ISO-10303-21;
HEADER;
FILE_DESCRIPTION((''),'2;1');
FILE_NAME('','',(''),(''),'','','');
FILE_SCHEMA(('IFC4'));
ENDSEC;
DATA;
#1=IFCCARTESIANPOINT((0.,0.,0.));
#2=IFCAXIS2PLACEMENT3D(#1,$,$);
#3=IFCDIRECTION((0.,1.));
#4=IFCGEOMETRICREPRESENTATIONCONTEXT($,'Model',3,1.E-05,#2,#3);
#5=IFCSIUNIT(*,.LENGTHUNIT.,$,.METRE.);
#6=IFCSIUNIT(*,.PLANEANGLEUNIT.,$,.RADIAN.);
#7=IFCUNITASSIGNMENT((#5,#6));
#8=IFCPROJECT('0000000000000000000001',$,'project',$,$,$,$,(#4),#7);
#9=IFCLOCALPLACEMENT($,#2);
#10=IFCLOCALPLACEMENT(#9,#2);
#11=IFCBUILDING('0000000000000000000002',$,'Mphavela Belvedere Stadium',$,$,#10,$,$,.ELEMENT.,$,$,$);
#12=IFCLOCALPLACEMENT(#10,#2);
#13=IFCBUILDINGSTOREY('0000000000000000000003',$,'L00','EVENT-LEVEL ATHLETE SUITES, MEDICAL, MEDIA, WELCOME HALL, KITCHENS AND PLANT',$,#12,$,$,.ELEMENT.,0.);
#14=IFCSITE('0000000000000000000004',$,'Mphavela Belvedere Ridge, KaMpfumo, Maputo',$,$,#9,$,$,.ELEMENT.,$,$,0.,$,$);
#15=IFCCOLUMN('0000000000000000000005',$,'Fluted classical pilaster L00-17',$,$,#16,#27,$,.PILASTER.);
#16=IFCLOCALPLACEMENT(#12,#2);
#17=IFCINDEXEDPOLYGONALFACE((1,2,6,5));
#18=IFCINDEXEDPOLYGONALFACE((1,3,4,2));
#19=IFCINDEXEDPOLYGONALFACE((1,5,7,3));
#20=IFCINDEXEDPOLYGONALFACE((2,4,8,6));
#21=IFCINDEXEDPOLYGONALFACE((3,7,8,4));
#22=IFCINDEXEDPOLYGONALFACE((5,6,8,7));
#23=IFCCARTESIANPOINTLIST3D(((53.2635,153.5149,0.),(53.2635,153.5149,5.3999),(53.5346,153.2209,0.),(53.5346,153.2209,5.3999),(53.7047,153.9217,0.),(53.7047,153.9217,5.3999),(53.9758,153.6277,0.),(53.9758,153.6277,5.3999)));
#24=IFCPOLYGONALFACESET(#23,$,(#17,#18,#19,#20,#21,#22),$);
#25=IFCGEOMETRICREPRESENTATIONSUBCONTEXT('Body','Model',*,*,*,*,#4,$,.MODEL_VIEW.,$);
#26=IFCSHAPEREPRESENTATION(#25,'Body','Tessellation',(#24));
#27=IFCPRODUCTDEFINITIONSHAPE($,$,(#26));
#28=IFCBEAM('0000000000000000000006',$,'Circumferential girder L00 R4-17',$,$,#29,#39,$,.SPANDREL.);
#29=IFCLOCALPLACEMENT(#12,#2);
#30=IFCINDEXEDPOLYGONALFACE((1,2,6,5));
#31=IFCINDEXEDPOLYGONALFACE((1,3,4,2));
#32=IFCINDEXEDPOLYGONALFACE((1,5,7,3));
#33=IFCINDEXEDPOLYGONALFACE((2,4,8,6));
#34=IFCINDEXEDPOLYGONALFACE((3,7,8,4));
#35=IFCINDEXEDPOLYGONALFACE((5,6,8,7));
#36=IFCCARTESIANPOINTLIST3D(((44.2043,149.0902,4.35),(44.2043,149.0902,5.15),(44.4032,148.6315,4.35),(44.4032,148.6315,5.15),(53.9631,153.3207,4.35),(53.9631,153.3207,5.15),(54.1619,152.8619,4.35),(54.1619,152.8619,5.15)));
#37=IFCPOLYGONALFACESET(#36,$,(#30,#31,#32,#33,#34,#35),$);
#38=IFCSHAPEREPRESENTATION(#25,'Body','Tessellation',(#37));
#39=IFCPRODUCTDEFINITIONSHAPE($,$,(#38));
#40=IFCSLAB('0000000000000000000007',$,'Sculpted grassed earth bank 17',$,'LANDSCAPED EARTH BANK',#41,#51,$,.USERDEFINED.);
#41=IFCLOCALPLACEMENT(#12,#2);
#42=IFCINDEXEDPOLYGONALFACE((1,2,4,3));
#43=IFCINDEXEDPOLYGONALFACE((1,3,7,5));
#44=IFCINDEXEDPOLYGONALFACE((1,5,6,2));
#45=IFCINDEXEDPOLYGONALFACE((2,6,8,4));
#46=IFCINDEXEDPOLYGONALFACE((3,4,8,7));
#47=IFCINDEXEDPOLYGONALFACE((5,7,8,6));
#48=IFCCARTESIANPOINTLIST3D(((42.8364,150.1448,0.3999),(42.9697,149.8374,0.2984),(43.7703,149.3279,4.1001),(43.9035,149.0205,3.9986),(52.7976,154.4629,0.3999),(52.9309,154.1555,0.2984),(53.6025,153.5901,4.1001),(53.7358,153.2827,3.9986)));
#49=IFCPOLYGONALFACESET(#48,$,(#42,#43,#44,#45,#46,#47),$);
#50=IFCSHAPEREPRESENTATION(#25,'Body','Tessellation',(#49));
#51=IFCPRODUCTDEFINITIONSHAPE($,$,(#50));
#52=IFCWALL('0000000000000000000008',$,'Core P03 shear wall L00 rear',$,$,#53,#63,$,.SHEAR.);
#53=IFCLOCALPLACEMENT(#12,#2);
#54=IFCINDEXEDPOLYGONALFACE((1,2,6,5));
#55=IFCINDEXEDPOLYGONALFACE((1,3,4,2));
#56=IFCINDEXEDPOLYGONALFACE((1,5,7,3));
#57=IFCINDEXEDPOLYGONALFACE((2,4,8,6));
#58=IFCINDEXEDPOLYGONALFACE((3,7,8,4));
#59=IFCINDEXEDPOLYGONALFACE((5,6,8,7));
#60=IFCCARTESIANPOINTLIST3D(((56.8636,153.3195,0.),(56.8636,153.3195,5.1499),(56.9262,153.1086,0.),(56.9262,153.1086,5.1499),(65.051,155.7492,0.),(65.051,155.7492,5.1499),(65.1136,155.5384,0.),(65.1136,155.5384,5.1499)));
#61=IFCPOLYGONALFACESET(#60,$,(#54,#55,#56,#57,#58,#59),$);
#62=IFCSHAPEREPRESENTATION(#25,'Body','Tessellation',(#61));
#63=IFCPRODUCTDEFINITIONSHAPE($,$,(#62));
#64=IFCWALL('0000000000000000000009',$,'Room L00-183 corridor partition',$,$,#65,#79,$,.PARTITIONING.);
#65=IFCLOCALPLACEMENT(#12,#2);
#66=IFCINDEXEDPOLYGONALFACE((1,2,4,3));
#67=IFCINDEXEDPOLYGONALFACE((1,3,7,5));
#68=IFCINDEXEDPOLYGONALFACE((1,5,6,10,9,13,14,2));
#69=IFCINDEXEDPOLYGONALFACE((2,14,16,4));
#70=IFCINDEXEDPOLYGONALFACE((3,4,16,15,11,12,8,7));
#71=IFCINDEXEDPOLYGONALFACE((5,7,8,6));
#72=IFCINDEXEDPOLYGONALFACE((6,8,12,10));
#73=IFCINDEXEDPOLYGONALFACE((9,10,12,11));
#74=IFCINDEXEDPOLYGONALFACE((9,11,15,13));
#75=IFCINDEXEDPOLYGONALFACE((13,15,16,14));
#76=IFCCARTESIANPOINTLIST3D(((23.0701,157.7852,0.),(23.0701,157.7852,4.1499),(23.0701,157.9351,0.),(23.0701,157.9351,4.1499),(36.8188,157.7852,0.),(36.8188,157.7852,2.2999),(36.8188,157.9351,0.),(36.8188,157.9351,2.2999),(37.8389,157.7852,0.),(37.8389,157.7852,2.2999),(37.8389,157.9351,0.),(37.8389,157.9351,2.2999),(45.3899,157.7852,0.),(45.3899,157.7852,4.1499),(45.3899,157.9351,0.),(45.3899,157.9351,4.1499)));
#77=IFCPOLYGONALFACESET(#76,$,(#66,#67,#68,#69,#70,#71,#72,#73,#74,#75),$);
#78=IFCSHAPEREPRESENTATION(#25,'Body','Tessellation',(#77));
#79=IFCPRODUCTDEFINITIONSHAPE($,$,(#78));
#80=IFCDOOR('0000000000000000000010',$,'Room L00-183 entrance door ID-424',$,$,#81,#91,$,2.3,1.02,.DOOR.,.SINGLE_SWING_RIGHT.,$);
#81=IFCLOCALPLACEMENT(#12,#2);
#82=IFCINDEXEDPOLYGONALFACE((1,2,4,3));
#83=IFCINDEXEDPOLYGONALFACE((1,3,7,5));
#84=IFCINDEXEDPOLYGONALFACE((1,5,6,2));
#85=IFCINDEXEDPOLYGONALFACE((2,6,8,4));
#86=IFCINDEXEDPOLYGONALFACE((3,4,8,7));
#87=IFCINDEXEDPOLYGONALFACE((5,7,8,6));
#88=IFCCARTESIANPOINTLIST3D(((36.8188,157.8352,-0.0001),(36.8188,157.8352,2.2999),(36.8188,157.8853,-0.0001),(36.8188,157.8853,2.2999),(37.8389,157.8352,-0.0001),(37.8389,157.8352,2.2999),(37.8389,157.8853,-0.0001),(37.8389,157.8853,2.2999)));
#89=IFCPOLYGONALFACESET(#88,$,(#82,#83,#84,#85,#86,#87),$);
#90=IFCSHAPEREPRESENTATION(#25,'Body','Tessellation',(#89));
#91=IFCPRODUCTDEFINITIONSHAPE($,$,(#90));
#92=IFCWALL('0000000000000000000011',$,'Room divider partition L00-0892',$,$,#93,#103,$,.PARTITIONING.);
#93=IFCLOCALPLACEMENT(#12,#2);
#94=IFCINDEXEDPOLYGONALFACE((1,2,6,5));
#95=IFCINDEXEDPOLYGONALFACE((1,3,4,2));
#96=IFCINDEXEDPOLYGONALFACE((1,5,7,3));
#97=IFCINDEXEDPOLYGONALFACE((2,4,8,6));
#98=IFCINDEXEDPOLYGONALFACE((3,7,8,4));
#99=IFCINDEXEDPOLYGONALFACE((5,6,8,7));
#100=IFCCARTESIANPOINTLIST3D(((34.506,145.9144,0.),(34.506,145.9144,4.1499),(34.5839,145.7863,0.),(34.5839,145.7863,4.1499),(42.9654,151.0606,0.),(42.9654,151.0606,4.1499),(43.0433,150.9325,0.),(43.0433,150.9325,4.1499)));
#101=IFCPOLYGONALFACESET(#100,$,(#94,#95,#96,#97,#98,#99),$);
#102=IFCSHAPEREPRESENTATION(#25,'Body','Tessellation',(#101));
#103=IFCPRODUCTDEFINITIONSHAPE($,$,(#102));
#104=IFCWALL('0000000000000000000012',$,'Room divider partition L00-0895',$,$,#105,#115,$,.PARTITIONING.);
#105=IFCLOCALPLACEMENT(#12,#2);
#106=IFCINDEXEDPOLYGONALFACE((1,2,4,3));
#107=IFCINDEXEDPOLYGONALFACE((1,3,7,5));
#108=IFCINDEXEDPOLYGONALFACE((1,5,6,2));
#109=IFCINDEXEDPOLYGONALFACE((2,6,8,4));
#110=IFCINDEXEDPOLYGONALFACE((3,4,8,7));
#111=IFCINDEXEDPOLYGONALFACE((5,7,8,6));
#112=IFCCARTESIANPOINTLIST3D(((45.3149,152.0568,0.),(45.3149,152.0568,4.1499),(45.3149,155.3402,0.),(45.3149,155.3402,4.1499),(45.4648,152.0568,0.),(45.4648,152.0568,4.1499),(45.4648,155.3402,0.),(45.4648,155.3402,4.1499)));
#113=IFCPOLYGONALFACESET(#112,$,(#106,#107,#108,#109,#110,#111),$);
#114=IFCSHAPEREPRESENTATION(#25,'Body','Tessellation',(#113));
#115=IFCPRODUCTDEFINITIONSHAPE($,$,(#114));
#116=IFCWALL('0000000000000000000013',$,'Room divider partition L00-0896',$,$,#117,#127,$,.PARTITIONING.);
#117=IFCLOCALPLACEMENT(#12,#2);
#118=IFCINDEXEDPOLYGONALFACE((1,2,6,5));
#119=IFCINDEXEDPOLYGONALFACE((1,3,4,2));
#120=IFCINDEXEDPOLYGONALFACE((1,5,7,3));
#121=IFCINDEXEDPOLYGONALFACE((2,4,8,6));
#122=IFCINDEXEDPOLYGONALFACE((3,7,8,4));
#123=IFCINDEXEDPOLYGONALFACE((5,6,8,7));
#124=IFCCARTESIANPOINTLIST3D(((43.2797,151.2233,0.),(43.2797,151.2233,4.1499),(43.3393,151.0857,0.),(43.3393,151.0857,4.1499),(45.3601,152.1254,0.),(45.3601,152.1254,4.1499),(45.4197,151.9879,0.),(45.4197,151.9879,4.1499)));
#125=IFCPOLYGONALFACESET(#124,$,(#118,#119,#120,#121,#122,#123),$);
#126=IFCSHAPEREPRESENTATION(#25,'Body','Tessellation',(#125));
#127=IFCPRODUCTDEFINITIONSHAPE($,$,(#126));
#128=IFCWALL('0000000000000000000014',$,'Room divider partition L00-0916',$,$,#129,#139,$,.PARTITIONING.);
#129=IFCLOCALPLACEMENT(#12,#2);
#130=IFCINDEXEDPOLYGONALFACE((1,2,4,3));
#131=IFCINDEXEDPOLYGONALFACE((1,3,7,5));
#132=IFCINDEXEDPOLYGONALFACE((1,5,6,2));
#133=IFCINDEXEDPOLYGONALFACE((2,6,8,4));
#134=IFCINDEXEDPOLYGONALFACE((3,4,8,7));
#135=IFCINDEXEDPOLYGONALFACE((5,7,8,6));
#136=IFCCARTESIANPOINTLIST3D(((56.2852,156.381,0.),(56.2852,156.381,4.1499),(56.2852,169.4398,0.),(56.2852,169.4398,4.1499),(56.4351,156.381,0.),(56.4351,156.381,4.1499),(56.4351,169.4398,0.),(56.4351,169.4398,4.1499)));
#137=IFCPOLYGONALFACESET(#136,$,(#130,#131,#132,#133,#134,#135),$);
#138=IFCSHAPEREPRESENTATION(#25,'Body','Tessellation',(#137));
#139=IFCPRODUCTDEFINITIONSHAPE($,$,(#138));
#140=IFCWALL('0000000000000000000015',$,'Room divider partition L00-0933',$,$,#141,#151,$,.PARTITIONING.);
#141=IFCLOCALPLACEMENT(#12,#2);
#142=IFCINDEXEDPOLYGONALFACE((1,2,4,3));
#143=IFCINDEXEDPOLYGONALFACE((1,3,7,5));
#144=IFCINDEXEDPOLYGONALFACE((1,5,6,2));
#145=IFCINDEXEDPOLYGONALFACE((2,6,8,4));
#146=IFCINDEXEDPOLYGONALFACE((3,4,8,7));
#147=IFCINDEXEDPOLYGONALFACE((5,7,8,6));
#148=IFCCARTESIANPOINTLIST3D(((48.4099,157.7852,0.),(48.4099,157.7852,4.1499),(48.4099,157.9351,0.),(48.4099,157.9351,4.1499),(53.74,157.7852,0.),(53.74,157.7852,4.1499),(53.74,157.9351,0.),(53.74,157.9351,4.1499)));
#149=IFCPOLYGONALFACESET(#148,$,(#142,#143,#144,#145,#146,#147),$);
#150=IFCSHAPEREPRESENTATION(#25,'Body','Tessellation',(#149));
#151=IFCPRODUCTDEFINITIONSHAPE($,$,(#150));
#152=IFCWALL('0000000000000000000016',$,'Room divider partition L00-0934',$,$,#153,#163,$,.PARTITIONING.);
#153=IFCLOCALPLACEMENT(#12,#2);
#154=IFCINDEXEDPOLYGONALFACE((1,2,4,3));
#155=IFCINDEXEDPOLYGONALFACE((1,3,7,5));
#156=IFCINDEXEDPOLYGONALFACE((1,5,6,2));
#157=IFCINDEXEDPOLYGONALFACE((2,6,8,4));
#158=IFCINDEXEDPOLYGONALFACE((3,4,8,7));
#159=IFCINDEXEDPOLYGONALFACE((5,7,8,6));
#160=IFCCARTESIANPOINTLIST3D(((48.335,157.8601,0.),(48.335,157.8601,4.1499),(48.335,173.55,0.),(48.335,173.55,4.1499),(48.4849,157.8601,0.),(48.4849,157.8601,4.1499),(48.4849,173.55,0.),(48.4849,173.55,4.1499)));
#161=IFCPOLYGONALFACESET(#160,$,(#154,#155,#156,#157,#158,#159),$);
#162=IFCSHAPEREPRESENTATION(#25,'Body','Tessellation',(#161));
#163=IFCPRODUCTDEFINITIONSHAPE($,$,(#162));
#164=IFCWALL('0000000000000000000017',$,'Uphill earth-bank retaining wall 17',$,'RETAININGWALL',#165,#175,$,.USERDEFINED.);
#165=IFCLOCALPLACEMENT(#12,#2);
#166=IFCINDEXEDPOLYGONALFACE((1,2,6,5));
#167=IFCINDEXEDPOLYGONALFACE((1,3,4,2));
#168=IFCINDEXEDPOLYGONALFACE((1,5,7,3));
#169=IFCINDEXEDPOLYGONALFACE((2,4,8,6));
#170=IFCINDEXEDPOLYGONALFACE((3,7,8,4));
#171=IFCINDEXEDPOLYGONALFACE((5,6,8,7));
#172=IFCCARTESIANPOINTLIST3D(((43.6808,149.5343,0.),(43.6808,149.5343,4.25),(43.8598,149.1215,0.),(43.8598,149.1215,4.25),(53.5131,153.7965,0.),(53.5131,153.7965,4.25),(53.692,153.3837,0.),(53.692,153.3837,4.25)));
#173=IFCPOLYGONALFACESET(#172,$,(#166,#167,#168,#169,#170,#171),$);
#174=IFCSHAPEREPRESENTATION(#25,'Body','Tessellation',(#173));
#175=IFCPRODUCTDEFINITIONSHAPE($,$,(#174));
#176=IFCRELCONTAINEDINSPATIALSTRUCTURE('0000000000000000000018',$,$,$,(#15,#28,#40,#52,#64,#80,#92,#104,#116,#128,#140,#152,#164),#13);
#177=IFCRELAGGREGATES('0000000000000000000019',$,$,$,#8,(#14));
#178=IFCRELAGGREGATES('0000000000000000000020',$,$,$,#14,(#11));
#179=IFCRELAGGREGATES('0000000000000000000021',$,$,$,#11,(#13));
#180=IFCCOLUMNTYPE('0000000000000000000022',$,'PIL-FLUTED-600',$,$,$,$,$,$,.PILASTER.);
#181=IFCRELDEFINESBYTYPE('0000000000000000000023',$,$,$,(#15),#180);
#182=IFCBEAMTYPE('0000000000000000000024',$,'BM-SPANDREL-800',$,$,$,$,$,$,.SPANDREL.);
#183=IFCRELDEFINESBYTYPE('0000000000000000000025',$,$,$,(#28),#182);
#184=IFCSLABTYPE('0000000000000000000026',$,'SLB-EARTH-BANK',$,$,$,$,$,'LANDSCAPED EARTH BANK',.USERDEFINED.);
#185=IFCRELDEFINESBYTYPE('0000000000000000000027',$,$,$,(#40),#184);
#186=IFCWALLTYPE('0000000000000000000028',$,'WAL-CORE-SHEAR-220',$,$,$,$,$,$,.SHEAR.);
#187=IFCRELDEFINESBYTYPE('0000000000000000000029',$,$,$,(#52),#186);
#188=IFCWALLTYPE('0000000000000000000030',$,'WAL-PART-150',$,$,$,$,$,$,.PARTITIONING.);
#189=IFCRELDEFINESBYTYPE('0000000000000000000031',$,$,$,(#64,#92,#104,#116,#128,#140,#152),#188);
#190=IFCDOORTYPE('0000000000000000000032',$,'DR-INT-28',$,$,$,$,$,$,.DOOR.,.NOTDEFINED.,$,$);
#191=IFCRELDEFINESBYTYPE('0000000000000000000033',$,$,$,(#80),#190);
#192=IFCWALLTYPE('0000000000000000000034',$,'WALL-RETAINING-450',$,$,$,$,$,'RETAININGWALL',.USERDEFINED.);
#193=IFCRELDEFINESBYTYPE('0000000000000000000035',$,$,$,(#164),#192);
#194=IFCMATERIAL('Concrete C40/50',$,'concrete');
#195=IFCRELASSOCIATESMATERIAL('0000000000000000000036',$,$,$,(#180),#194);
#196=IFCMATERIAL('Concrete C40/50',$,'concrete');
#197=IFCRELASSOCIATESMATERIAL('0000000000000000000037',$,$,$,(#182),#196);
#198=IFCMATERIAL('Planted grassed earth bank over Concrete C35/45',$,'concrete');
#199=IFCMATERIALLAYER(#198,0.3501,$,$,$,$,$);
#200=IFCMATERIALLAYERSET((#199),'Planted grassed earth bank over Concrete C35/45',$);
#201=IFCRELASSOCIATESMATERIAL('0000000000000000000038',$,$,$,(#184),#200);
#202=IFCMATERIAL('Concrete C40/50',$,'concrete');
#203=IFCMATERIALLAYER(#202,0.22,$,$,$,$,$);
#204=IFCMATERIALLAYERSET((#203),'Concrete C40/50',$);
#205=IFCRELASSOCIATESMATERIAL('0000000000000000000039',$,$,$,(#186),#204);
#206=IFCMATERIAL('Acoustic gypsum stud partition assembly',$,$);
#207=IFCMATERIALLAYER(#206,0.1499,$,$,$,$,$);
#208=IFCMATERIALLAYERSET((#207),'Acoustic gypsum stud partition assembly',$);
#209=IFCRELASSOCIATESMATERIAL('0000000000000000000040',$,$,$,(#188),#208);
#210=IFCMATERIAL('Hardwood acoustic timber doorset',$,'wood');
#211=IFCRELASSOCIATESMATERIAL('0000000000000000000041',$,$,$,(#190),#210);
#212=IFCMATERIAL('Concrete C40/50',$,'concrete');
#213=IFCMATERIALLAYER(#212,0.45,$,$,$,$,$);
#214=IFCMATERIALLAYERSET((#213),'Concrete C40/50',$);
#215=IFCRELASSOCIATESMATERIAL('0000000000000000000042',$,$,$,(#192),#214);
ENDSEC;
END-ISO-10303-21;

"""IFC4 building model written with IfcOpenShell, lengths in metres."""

from ifc_helpers import new_model, si_unit, direction, frame, frame_2d, origin, origin_2d, place, context, subcontext, project, spatial, polyline, rectangle, outline, extrude, material, layer, layer_set, material_profile, profile_set, type_object, element, fill, save


model = new_model("IFC4")

# Units and contexts
model_context = context("Model", 3, precision=1e-05, world=origin(), true_north=direction((0.0, 1.0)))
body_context = subcontext(model_context, "Body", "Model", "MODEL_VIEW")
ifc_project = project(units=[si_unit("LENGTHUNIT", "METRE"), si_unit("PLANEANGLEUNIT", "RADIAN")], contexts=[model_context])

# Site, building, storey
site_placement = place(None, origin())
site = spatial("IfcSite", under=ifc_project, at=site_placement, Name="Mphavela Belvedere Ridge, KaMpfumo, Maputo", CompositionType="ELEMENT", RefElevation=0.0)
building_placement = place(site_placement, origin())
building = spatial("IfcBuilding", under=site, at=building_placement, Name="Mphavela Belvedere Stadium", CompositionType="ELEMENT")
storey_placement = place(building_placement, origin())
storey = spatial("IfcBuildingStorey", under=building, at=storey_placement, Name="L00", Description="EVENT-LEVEL ATHLETE SUITES, MEDICAL, MEDIA, WELCOME HALL, KITCHENS AND PLANT", CompositionType="ELEMENT", Elevation=0.0)

# Column
ifc_material_1 = material(Name="Concrete C40/50", Category="concrete")
ifc_material_profile_1 = material_profile(ifc_material_1, rectangle(XDim=0.6001, YDim=0.3999, at=origin_2d()), Name="PIL 600x400")
ifc_profile_set_1 = profile_set([ifc_material_profile_1], Name="Concrete C40/50")
column_type_1 = type_object("IfcColumnType", Name="PIL-FLUTED-600", PredefinedType="PILASTER", material=ifc_profile_set_1)
column_1_placement = place(storey_placement, frame((53.6196, 153.5713, 0.0), z_axis=(0.0, 0.0, 1.0), x_axis=(-0.735151, -0.677903, 0.0)))
element("IfcColumn", 1, at=column_1_placement, inside=storey, type_object=column_type_1, Name="Fluted classical pilaster L00-17", PredefinedType="PILASTER", context=body_context, shape_type="SweptSolid", body=[
    extrude(rectangle(XDim=0.6001, YDim=0.3999, at=origin_2d()), origin(), (0.0, 0.0, 1.0), 5.3999),
])

# Beam
ifc_material_2 = material(Name="Concrete C40/50", Category="concrete")
ifc_material_profile_2 = material_profile(ifc_material_2, rectangle(XDim=0.5, YDim=0.8, at=origin_2d()), Name="RC 500x800")
ifc_profile_set_2 = profile_set([ifc_material_profile_2], Name="Concrete C40/50")
beam_type = type_object("IfcBeamType", Name="BM-SPANDREL-800", PredefinedType="SPANDREL", material=ifc_profile_set_2)
beam_placement = place(storey_placement, frame((54.0625, 153.0913, 4.75), z_axis=(-0.917499, -0.397739, 0.0), x_axis=(0.397739, -0.917499, 0.0)))
element("IfcBeam", 2, at=beam_placement, inside=storey, type_object=beam_type, Name="Circumferential girder L00 R4-17", PredefinedType="SPANDREL", context=body_context, shape_type="SweptSolid", body=[
    extrude(rectangle(XDim=0.5, YDim=0.8, at=origin_2d()), origin(), (0.0, 0.0, 1.0), 10.6362),
])

# Slab
ifc_material_3 = material(Name="Planted grassed earth bank over Concrete C35/45", Category="concrete")
ifc_layer_1 = layer(ifc_material_3, 0.3501)
ifc_layer_set_1 = layer_set([ifc_layer_1], Name="Planted grassed earth bank over Concrete C35/45")
slab_type = type_object("IfcSlabType", Name="SLB-EARTH-BANK", ElementType="LANDSCAPED EARTH BANK", PredefinedType="USERDEFINED", material=ifc_layer_set_1)
slab_placement = place(storey_placement, frame((52.7976, 154.4629, 0.3999), z_axis=(-0.380648, 0.878094, 0.289927), x_axis=(-0.917502, -0.397731, 0.0)))
element("IfcSlab", 3, at=slab_placement, inside=storey, type_object=slab_type, Name="Sculpted grassed earth bank 17", ObjectType="LANDSCAPED EARTH BANK", PredefinedType="USERDEFINED", context=body_context, shape_type="SweptSolid", body=[
    extrude(outline(polyline([(0.0, 0.0), (10.8569, 0.0), (10.325, 3.8663), (-0.3914, 3.8663), (0.0, 0.0)])), origin(), (0.0, 0.0, -1.0), 0.3501),
])

# Wall
ifc_material_4 = material(Name="Concrete C40/50", Category="concrete")
ifc_layer_2 = layer(ifc_material_4, 0.22)
ifc_layer_set_2 = layer_set([ifc_layer_2], Name="Concrete C40/50")
wall_type_1 = type_object("IfcWallType", Name="WAL-CORE-SHEAR-220", PredefinedType="SHEAR", material=ifc_layer_set_2)
wall_1_placement = place(storey_placement, frame((56.895, 153.2141, 0.0), z_axis=(0.0, 0.0, 1.0), x_axis=(0.958676, 0.284501, 0.0)))
element("IfcWall", 4, at=wall_1_placement, inside=storey, type_object=wall_type_1, Name="Core P03 shear wall L00 rear", PredefinedType="SHEAR", context=body_context, shape_type="SweptSolid", body=[
    extrude(rectangle(XDim=8.5403, YDim=0.22, at=frame_2d((4.27, 0.0))), origin(), (0.0, 0.0, 1.0), 5.1499),
])

# Wall, opening, door
ifc_material_5 = material(Name="Acoustic gypsum stud partition assembly")
ifc_layer_3 = layer(ifc_material_5, 0.1499)
ifc_layer_set_3 = layer_set([ifc_layer_3], Name="Acoustic gypsum stud partition assembly")
wall_type_2 = type_object("IfcWallType", Name="WAL-PART-150", PredefinedType="PARTITIONING", material=ifc_layer_set_3)
wall_2_placement = place(storey_placement, frame((45.3899, 157.8601, 0.0), z_axis=(0.0, 0.0, 1.0), x_axis=(-1.0, 0.0, 0.0)))
wall_2 = element("IfcWall", 5, at=wall_2_placement, inside=storey, type_object=wall_type_2, Name="Room L00-183 corridor partition", PredefinedType="PARTITIONING", context=body_context, shape_type="SweptSolid", body=[
    extrude(rectangle(XDim=22.3198, YDim=0.1499, at=frame_2d((11.1599, 0.0))), origin(), (0.0, 0.0, 1.0), 4.1499),
])
opening_placement = place(wall_2_placement, frame((7.551, 0.0, 0.0)))
opening = element("IfcOpeningElement", 6, at=opening_placement, cuts=wall_2, PredefinedType="OPENING", context=body_context, shape_type="SweptSolid", body=[
    extrude(rectangle(XDim=1.02, YDim=2.3, at=frame_2d((0.51, 1.1499))), frame((0.0, 0.085, 0.0), z_axis=(0.0, -1.0, 0.0), x_axis=(1.0, 0.0, 0.0)), (0.0, 0.0, 1.0), 0.1699),
])
ifc_material_6 = material(Name="Hardwood acoustic timber doorset", Category="wood")
door_type = type_object("IfcDoorType", Name="DR-INT-28", OperationType="NOTDEFINED", PredefinedType="DOOR", material=ifc_material_6)
door_placement = place(opening_placement, origin())
door = element("IfcDoor", 7, at=door_placement, inside=storey, type_object=door_type, Name="Room L00-183 entrance door ID-424", OperationType="SINGLE_SWING_RIGHT", OverallHeight=2.3, OverallWidth=1.02, PredefinedType="DOOR", context=body_context, shape_type="SweptSolid", body=[
    extrude(rectangle(XDim=1.02, YDim=2.3, at=frame_2d((0.51, 1.1499))), frame((0.0, 0.0249, 0.0), z_axis=(0.0, -1.0, 0.0), x_axis=(1.0, 0.0, 0.0)), (0.0, 0.0, 1.0), 0.05),
])
fill(opening, door)

# Walls
wall_3_placement = place(storey_placement, frame((43.0044, 150.9966, 0.0), z_axis=(0.0, 0.0, 1.0), x_axis=(-0.854333, -0.519726, 0.0)))
element("IfcWall", 8, at=wall_3_placement, inside=storey, type_object=wall_type_2, Name="Room divider partition L00-0892", PredefinedType="PARTITIONING", context=body_context, shape_type="SweptSolid", body=[
    extrude(rectangle(XDim=9.9019, YDim=0.1499, at=frame_2d((4.9509, 0.0))), origin(), (0.0, 0.0, 1.0), 4.1499),
])
wall_4_placement = place(storey_placement, frame((45.3899, 155.3401, 0.0), z_axis=(0.0, 0.0, 1.0), x_axis=(0.0, -1.0, 0.0)))
element("IfcWall", 9, at=wall_4_placement, inside=storey, type_object=wall_type_2, Name="Room divider partition L00-0895", PredefinedType="PARTITIONING", context=body_context, shape_type="SweptSolid", body=[
    extrude(rectangle(XDim=3.2834, YDim=0.1499, at=frame_2d((1.6416, 0.0))), origin(), (0.0, 0.0, 1.0), 4.1499),
])
wall_5_placement = place(storey_placement, frame((45.3899, 152.0566, 0.0), z_axis=(0.0, 0.0, 1.0), x_axis=(-0.917455, -0.39784, 0.0)))
element("IfcWall", 10, at=wall_5_placement, inside=storey, type_object=wall_type_2, Name="Room divider partition L00-0896", PredefinedType="PARTITIONING", context=body_context, shape_type="SweptSolid", body=[
    extrude(rectangle(XDim=2.2676, YDim=0.1499, at=frame_2d((1.1338, 0.0))), origin(), (0.0, 0.0, 1.0), 4.1499),
])
wall_6_placement = place(storey_placement, frame((56.3601, 156.3811, 0.0), z_axis=(0.0, 0.0, 1.0), x_axis=(0.0, 1.0, 0.0)))
element("IfcWall", 11, at=wall_6_placement, inside=storey, type_object=wall_type_2, Name="Room divider partition L00-0916", PredefinedType="PARTITIONING", context=body_context, shape_type="SweptSolid", body=[
    extrude(rectangle(XDim=13.0588, YDim=0.1499, at=frame_2d((6.5293, 0.0))), origin(), (0.0, 0.0, 1.0), 4.1499),
])
wall_7_placement = place(storey_placement, frame((53.74, 157.8601, 0.0), z_axis=(0.0, 0.0, 1.0), x_axis=(-1.0, 0.0, 0.0)))
element("IfcWall", 12, at=wall_7_placement, inside=storey, type_object=wall_type_2, Name="Room divider partition L00-0933", PredefinedType="PARTITIONING", context=body_context, shape_type="SweptSolid", body=[
    extrude(rectangle(XDim=5.3301, YDim=0.1499, at=frame_2d((2.665, 0.0))), origin(), (0.0, 0.0, 1.0), 4.1499),
])
wall_8_placement = place(storey_placement, frame((48.4099, 157.8601, 0.0), z_axis=(0.0, 0.0, 1.0), x_axis=(0.0, 1.0, 0.0)))
element("IfcWall", 13, at=wall_8_placement, inside=storey, type_object=wall_type_2, Name="Room divider partition L00-0934", PredefinedType="PARTITIONING", context=body_context, shape_type="SweptSolid", body=[
    extrude(rectangle(XDim=15.6899, YDim=0.1499, at=frame_2d((7.845, 0.0))), origin(), (0.0, 0.0, 1.0), 4.1499),
])
ifc_material_7 = material(Name="Concrete C40/50", Category="concrete")
ifc_layer_4 = layer(ifc_material_7, 0.45)
ifc_layer_set_4 = layer_set([ifc_layer_4], Name="Concrete C40/50")
wall_type_3 = type_object("IfcWallType", Name="WALL-RETAINING-450", ElementType="RETAININGWALL", PredefinedType="USERDEFINED", material=ifc_layer_set_4)
wall_9_placement = place(storey_placement, frame((53.6025, 153.5901, 0.0), z_axis=(0.0, 0.0, 1.0), x_axis=(-0.917503, -0.39773, 0.0)))
element("IfcWall", 14, at=wall_9_placement, inside=storey, type_object=wall_type_3, Name="Uphill earth-bank retaining wall 17", ObjectType="RETAININGWALL", PredefinedType="USERDEFINED", context=body_context, shape_type="SweptSolid", body=[
    extrude(rectangle(XDim=10.7163, YDim=0.45, at=frame_2d((5.3582, 0.0))), origin(), (0.0, 0.0, 1.0), 4.25),
])

save(model, "model.ifc")
